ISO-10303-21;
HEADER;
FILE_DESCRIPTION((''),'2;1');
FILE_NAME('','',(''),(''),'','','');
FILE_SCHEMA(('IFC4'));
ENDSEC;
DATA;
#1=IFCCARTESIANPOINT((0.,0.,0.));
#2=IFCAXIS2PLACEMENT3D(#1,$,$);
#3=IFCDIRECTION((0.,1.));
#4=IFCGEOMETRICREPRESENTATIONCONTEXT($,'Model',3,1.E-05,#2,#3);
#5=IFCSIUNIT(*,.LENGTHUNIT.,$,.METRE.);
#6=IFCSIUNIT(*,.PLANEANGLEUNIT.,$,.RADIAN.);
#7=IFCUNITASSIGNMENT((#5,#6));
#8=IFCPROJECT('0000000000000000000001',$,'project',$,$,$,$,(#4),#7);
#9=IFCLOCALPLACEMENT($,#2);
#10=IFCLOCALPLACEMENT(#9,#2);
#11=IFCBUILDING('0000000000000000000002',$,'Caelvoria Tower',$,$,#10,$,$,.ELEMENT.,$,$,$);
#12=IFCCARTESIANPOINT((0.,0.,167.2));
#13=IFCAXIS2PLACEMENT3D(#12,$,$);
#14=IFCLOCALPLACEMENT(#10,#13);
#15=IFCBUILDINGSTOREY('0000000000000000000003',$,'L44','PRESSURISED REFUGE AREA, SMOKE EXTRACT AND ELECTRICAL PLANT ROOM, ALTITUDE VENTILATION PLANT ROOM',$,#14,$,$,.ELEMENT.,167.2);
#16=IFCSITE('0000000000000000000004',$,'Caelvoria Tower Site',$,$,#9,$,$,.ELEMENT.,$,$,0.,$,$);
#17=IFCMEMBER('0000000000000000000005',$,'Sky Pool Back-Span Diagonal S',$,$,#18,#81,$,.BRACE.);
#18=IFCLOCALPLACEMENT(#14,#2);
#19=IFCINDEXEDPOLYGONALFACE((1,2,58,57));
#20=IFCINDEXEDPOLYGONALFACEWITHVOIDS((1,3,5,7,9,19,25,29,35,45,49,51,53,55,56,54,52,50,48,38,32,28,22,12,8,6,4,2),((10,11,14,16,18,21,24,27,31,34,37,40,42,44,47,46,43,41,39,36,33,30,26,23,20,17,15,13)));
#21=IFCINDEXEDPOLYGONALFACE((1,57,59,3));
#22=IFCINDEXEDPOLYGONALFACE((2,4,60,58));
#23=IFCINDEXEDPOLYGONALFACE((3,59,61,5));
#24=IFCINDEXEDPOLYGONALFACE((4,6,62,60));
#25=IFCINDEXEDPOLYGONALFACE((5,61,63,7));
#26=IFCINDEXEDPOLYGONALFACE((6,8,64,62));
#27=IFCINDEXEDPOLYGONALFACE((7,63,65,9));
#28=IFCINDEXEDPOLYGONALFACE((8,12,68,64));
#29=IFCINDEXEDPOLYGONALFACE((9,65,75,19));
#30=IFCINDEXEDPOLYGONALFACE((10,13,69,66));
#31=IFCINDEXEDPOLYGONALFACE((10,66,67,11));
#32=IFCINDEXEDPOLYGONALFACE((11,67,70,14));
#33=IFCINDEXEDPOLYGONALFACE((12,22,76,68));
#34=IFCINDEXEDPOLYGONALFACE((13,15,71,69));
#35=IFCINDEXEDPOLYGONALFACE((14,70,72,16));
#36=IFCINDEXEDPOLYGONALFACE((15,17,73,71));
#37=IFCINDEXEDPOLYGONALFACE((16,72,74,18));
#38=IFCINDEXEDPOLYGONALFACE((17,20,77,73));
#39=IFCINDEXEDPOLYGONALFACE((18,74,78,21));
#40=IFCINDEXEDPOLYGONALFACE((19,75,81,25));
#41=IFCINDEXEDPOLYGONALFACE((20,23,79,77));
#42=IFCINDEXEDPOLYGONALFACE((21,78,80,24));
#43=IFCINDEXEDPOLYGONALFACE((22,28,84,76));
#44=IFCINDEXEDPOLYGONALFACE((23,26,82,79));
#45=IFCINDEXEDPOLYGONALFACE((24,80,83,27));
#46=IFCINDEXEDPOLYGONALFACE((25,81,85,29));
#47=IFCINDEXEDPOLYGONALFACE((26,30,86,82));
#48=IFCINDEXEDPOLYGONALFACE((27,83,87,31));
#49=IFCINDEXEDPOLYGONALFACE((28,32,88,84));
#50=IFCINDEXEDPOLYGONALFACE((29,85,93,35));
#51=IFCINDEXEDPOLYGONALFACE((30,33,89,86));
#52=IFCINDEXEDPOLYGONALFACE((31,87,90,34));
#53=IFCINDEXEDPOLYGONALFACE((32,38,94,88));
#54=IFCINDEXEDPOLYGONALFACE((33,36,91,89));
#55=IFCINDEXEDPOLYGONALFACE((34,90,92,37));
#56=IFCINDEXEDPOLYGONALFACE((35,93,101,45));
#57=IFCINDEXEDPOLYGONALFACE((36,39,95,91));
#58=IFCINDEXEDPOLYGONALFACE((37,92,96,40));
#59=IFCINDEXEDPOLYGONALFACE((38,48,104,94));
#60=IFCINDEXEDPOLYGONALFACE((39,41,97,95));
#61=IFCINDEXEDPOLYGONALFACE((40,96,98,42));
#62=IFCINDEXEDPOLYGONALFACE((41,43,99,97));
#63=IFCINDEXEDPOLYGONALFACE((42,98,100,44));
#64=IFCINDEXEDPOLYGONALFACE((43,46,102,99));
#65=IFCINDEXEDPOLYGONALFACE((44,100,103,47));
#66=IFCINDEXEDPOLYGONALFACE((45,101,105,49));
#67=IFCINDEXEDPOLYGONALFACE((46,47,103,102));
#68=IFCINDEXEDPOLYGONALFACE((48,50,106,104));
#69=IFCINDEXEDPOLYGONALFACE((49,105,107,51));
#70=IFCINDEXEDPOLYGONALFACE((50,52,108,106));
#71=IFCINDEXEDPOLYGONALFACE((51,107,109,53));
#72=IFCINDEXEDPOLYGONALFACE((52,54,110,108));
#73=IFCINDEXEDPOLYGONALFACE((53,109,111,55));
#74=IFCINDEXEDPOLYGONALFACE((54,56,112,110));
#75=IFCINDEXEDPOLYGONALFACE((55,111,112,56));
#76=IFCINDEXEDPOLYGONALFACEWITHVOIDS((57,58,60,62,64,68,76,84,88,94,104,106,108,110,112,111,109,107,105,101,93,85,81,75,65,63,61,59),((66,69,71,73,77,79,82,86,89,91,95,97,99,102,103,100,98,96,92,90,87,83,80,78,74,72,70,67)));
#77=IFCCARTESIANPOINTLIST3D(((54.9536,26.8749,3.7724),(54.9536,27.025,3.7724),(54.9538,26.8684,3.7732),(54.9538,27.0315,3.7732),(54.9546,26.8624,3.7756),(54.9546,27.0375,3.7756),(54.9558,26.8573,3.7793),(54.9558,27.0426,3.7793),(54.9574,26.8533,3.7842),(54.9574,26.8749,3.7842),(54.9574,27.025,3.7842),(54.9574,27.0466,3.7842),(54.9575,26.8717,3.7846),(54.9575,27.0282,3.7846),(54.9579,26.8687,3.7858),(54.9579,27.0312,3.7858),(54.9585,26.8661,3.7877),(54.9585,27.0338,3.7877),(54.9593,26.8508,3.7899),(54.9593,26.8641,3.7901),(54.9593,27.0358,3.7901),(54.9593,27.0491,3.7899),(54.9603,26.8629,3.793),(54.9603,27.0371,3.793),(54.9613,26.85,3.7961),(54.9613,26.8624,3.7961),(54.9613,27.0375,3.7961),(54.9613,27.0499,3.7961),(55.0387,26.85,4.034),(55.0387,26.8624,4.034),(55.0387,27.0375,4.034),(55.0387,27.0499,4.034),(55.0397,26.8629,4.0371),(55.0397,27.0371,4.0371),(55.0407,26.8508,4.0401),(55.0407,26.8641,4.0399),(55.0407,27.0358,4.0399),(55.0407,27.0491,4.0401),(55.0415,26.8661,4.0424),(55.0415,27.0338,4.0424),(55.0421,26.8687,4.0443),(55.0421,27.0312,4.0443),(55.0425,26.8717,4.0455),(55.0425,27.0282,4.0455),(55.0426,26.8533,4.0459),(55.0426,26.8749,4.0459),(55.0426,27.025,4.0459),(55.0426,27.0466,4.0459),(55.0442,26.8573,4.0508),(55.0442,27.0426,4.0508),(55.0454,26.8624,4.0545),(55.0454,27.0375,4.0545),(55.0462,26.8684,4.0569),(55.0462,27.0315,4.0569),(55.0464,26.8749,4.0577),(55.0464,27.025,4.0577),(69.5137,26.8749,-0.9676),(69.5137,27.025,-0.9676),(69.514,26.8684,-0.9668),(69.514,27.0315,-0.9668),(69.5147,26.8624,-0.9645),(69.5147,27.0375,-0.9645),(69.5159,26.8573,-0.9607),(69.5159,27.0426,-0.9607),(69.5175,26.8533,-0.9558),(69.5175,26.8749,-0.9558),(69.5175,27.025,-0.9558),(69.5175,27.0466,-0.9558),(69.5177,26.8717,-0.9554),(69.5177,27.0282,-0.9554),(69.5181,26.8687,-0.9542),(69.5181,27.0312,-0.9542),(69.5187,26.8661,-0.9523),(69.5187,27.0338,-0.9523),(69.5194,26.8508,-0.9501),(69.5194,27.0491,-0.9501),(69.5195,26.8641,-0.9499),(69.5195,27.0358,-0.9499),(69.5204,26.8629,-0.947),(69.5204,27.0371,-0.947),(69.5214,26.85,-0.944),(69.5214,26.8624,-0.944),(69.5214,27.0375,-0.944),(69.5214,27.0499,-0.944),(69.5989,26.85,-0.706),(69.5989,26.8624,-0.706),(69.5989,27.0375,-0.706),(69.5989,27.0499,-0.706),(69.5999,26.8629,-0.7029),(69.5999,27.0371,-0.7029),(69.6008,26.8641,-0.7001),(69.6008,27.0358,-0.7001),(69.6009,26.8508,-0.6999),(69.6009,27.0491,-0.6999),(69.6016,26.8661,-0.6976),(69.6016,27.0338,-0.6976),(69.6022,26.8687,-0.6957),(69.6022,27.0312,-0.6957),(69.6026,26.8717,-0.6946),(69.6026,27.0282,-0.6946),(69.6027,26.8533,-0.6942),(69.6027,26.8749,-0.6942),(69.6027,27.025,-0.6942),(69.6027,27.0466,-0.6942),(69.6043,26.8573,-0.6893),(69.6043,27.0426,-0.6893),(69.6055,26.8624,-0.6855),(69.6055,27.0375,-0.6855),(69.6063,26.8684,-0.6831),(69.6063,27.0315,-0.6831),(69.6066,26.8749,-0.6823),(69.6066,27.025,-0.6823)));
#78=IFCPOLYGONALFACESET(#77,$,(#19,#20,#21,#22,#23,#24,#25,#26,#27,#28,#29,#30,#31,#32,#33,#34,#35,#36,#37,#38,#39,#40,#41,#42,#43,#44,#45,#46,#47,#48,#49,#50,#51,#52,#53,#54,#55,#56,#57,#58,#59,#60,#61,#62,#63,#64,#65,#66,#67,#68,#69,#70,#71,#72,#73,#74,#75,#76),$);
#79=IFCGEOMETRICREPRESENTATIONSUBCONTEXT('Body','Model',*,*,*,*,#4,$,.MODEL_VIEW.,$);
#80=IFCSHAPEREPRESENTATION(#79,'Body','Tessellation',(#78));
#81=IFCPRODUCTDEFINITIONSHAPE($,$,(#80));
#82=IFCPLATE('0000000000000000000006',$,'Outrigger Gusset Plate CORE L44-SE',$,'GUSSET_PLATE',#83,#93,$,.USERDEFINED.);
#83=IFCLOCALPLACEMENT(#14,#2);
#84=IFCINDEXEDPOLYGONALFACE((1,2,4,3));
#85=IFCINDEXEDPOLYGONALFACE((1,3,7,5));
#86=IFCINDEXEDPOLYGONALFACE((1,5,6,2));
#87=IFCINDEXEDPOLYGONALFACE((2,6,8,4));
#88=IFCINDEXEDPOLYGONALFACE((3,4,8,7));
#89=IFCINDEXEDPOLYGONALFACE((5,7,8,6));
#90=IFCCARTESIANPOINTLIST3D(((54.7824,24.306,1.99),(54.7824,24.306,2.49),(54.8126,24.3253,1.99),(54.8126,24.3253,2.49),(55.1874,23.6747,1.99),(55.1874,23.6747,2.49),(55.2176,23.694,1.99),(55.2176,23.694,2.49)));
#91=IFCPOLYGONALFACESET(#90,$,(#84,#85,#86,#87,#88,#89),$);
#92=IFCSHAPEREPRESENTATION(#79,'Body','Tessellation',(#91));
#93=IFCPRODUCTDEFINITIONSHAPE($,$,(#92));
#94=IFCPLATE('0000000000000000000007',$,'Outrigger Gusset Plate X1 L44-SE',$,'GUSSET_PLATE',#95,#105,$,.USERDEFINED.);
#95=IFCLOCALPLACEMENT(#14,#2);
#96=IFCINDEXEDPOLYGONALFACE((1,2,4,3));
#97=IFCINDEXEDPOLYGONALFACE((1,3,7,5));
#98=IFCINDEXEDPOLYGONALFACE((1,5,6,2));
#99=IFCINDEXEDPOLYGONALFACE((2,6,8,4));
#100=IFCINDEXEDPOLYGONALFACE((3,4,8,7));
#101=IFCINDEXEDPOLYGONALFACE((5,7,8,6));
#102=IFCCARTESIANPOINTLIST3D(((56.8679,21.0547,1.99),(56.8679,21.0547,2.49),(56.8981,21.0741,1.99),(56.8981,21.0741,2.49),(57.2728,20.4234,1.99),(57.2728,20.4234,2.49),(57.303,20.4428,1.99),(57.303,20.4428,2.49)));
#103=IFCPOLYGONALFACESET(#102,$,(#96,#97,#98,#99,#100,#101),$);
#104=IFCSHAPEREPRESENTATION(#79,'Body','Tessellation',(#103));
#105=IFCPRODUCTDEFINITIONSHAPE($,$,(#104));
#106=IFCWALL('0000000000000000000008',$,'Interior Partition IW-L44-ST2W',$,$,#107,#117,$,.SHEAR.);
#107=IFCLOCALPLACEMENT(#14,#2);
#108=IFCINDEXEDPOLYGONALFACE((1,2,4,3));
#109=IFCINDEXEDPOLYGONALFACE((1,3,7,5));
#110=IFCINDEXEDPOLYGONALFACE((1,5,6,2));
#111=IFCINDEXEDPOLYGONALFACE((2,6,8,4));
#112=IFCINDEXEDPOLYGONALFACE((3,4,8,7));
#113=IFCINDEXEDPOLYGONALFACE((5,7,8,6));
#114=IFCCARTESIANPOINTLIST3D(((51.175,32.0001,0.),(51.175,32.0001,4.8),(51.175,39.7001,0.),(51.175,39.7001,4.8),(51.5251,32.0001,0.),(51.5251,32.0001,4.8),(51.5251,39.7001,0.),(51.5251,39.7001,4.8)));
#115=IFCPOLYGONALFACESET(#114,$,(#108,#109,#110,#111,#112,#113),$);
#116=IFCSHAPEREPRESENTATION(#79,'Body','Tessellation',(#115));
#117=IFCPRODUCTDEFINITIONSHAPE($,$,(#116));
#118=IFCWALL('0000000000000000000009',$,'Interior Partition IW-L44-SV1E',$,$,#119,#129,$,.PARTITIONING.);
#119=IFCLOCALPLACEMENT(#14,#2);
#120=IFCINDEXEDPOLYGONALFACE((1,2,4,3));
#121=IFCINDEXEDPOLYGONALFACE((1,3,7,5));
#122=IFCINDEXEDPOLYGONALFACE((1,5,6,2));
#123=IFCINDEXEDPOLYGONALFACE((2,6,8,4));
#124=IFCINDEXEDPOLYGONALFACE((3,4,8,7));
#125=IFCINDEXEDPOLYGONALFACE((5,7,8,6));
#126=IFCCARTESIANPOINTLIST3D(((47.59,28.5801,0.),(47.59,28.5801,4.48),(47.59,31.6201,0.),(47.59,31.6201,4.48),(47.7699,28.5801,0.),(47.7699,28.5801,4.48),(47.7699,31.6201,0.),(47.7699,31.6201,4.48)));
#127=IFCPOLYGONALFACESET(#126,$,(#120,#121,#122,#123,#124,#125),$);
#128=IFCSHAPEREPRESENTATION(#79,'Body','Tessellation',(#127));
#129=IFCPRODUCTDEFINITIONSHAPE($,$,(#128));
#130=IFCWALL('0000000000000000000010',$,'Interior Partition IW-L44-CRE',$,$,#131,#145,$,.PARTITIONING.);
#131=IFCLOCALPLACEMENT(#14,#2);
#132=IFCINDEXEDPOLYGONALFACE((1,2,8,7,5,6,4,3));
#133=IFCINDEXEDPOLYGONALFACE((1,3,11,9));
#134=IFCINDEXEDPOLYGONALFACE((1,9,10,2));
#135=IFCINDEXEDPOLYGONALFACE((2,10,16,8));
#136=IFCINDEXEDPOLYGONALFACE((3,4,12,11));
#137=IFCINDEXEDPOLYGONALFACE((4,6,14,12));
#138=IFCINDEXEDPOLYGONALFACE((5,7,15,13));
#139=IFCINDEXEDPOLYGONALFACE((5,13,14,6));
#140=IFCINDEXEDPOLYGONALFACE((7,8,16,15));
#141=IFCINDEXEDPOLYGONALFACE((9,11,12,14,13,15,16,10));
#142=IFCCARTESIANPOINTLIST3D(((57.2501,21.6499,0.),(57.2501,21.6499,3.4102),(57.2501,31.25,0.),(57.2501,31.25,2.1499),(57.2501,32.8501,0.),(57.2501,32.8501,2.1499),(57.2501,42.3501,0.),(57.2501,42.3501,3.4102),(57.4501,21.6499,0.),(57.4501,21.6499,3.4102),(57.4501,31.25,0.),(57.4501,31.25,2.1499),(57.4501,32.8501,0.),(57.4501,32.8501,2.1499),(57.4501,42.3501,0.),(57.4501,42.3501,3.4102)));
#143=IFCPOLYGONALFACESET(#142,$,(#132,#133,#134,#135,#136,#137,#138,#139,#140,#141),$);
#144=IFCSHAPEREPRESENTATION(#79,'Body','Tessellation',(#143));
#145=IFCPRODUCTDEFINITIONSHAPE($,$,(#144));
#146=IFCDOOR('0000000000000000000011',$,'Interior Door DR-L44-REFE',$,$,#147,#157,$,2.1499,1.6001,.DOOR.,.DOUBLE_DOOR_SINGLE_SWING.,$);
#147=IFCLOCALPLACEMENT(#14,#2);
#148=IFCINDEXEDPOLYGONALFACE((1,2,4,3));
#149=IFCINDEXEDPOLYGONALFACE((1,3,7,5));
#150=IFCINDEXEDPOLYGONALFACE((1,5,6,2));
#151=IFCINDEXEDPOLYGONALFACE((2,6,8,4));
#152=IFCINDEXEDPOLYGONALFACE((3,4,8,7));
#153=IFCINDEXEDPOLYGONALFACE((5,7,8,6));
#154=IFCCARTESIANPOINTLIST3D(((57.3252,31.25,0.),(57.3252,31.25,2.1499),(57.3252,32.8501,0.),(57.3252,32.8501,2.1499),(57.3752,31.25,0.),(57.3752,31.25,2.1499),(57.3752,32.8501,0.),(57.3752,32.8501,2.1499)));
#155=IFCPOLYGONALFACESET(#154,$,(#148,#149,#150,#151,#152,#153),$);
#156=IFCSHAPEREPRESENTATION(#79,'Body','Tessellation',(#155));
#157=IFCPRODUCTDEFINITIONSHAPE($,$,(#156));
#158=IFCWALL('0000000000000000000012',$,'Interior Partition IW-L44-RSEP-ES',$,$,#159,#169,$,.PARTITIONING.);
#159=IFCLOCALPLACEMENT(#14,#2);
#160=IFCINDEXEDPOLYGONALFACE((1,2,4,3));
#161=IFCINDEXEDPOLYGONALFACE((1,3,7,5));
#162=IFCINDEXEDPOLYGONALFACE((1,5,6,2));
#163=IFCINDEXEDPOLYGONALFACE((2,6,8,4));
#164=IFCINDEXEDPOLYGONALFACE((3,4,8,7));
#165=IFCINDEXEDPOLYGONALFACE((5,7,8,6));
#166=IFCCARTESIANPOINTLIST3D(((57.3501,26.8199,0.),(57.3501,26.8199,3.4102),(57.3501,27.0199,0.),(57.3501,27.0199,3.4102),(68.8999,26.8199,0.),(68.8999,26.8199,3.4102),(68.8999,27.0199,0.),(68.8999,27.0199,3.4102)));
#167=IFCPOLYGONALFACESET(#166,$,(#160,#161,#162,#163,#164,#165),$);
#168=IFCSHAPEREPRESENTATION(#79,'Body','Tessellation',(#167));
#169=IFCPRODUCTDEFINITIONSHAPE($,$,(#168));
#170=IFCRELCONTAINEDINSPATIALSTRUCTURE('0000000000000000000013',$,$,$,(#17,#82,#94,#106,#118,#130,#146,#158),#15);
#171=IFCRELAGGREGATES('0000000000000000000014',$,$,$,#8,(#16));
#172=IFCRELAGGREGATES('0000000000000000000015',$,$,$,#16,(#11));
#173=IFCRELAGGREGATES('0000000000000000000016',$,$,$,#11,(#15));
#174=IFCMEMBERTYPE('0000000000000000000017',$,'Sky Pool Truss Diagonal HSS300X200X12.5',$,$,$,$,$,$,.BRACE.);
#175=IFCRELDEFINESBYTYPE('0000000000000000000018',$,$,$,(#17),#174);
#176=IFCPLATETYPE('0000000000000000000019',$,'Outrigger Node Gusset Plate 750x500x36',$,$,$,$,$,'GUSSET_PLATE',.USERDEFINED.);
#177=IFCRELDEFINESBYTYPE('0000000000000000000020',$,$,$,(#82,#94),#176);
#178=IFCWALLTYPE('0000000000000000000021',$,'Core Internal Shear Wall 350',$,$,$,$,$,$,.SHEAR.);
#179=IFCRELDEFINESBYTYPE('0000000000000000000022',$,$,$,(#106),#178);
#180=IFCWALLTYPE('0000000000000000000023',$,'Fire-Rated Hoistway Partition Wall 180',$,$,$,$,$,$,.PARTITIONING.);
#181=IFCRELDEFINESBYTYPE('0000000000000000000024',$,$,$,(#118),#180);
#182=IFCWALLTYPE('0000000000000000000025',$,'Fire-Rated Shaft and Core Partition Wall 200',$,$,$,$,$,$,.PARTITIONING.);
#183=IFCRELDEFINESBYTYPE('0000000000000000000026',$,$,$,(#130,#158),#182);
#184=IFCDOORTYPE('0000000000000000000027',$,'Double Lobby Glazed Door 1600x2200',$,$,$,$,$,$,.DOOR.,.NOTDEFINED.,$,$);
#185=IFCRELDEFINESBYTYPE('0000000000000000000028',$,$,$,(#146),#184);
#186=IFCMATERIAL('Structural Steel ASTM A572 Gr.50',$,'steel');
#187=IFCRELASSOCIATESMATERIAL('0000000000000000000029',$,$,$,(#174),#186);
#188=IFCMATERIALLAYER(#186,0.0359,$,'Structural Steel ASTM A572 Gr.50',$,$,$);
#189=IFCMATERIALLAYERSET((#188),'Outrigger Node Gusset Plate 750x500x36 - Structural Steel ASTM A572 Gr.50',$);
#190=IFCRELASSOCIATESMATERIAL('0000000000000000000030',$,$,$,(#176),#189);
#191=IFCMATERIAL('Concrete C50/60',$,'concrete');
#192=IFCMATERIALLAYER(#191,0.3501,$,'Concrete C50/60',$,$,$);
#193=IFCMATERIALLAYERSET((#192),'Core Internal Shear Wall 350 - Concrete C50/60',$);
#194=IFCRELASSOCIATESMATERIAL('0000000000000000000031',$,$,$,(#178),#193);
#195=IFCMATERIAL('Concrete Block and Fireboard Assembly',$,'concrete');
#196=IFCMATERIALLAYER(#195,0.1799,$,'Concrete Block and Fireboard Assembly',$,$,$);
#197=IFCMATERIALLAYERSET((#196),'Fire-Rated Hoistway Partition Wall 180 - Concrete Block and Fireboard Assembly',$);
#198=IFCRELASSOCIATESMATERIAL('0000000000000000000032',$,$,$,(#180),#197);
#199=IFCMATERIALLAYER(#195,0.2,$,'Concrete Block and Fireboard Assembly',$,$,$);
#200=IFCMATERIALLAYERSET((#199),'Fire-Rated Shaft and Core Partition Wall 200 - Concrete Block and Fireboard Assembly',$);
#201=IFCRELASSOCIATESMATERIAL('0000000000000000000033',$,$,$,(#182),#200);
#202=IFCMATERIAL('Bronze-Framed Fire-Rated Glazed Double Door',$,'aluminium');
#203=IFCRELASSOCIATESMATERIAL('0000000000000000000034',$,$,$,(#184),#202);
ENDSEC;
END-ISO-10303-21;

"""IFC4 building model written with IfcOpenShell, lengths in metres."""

from ifc_helpers import new_model, si_unit, direction, frame, frame_2d, origin, origin_2d, place, context, subcontext, project, spatial, rectangle, hollow_rectangle, extrude, material, layer, layer_set, material_profile, profile_set, type_object, element, fill, save


model = new_model("IFC4")

# Units and contexts
model_context = context("Model", 3, precision=1e-05, world=origin(), true_north=direction((0.0, 1.0)))
body_context = subcontext(model_context, "Body", "Model", "MODEL_VIEW")
ifc_project = project(units=[si_unit("LENGTHUNIT", "METRE"), si_unit("PLANEANGLEUNIT", "RADIAN")], contexts=[model_context])

# Site, building, storey
site_placement = place(None, origin())
site = spatial("IfcSite", under=ifc_project, at=site_placement, Name="Caelvoria Tower Site", CompositionType="ELEMENT", RefElevation=0.0)
building_placement = place(site_placement, origin())
building = spatial("IfcBuilding", under=site, at=building_placement, Name="Caelvoria Tower", CompositionType="ELEMENT")
storey_placement = place(building_placement, frame((0.0, 0.0, 167.2)))
storey = spatial("IfcBuildingStorey", under=building, at=storey_placement, Name="L44", Description="PRESSURISED REFUGE AREA, SMOKE EXTRACT AND ELECTRICAL PLANT ROOM, ALTITUDE VENTILATION PLANT ROOM", CompositionType="ELEMENT", Elevation=167.2)

# Shared definitions
ifc_material_1 = material(Name="Structural Steel ASTM A572 Gr.50", Category="steel")

# Member
ifc_material_profile_1 = material_profile(ifc_material_1, hollow_rectangle(XDim=0.2, YDim=0.3, WallThickness=0.0125, InnerFilletRadius=0.0125, OuterFilletRadius=0.0249, at=origin_2d()), Name="Structural Steel ASTM A572 Gr.50")
ifc_profile_set_1 = profile_set([ifc_material_profile_1], Name="HSS300X200X12.5 - Structural Steel ASTM A572 Gr.50")
member_type_1 = type_object("IfcMemberType", Name="Sky Pool Truss Diagonal HSS300X200X12.5", PredefinedType="BRACE", material=ifc_profile_set_1)
member_1_placement = place(storey_placement, frame((55.0, 26.95, 3.915), z_axis=(0.950881, 0.0, -0.309557), x_axis=(0.0, 1.0, 0.0)))
element("IfcMember", 1, at=member_1_placement, inside=storey, type_object=member_type_1, Name="Sky Pool Back-Span Diagonal S", PredefinedType="BRACE", context=body_context, shape_type="SweptSolid", body=[
    extrude(hollow_rectangle(XDim=0.2, YDim=0.3, WallThickness=0.0125, InnerFilletRadius=0.0125, OuterFilletRadius=0.0249, at=origin_2d()), origin(), (0.0, 0.0, 1.0), 15.3123),
])

# Plates
ifc_layer_1 = layer(ifc_material_1, 0.0359, Name="Structural Steel ASTM A572 Gr.50")
ifc_layer_set_1 = layer_set([ifc_layer_1], Name="Outrigger Node Gusset Plate 750x500x36 - Structural Steel ASTM A572 Gr.50")
plate_type = type_object("IfcPlateType", Name="Outrigger Node Gusset Plate 750x500x36", ElementType="GUSSET_PLATE", PredefinedType="USERDEFINED", material=ifc_layer_set_1)
for number, where, z_axis, x_axis, name in (
    (2, (55.0, 24.0, 1.99), (0.0, 0.0, 1.0), (0.539904, -0.841727, 0.0), "Outrigger Gusset Plate CORE L44-SE"),
    (3, (57.0854, 20.7488, 1.99), (0.0, 0.0, 1.0), (0.539904, -0.841727, 0.0), "Outrigger Gusset Plate X1 L44-SE"),
):
    element("IfcPlate", number, at=place(storey_placement, frame(where, z_axis=z_axis, x_axis=x_axis)), inside=storey, type_object=plate_type, Name=name, ObjectType="GUSSET_PLATE", PredefinedType="USERDEFINED", context=body_context, shape_type="SweptSolid", body=[
        extrude(rectangle(XDim=0.75, YDim=0.0359, at=origin_2d()), origin(), (0.0, 0.0, 1.0), 0.5),
    ])

# Walls
ifc_material_2 = material(Name="Concrete C50/60", Category="concrete")
ifc_layer_2 = layer(ifc_material_2, 0.3501, Name="Concrete C50/60")
ifc_layer_set_2 = layer_set([ifc_layer_2], Name="Core Internal Shear Wall 350 - Concrete C50/60")
wall_type_1 = type_object("IfcWallType", Name="Core Internal Shear Wall 350", PredefinedType="SHEAR", material=ifc_layer_set_2)
wall_1_placement = place(storey_placement, frame((51.3501, 32.0, 0.0), z_axis=(0.0, 0.0, 1.0), x_axis=(0.0, 1.0, 0.0)))
element("IfcWall", 4, at=wall_1_placement, inside=storey, type_object=wall_type_1, Name="Interior Partition IW-L44-ST2W", PredefinedType="SHEAR", context=body_context, shape_type="SweptSolid", body=[
    extrude(rectangle(XDim=7.7, YDim=0.3501, at=frame_2d((3.8501, 0.0))), origin(), (0.0, 0.0, 1.0), 4.8),
])
ifc_material_3 = material(Name="Concrete Block and Fireboard Assembly", Category="concrete")
ifc_layer_3 = layer(ifc_material_3, 0.1799, Name="Concrete Block and Fireboard Assembly")
ifc_layer_set_3 = layer_set([ifc_layer_3], Name="Fire-Rated Hoistway Partition Wall 180 - Concrete Block and Fireboard Assembly")
wall_type_2 = type_object("IfcWallType", Name="Fire-Rated Hoistway Partition Wall 180", PredefinedType="PARTITIONING", material=ifc_layer_set_3)
wall_2_placement = place(storey_placement, frame((47.6799, 28.5801, 0.0), z_axis=(0.0, 0.0, 1.0), x_axis=(0.0, 1.0, 0.0)))
element("IfcWall", 5, at=wall_2_placement, inside=storey, type_object=wall_type_2, Name="Interior Partition IW-L44-SV1E", PredefinedType="PARTITIONING", context=body_context, shape_type="SweptSolid", body=[
    extrude(rectangle(XDim=3.04, YDim=0.1799, at=frame_2d((1.52, 0.0))), origin(), (0.0, 0.0, 1.0), 4.48),
])

# Wall, opening, door
ifc_layer_4 = layer(ifc_material_3, 0.2, Name="Concrete Block and Fireboard Assembly")
ifc_layer_set_4 = layer_set([ifc_layer_4], Name="Fire-Rated Shaft and Core Partition Wall 200 - Concrete Block and Fireboard Assembly")
wall_type_3 = type_object("IfcWallType", Name="Fire-Rated Shaft and Core Partition Wall 200", PredefinedType="PARTITIONING", material=ifc_layer_set_4)
wall_3_placement = place(storey_placement, frame((57.3501, 21.6499, 0.0), z_axis=(0.0, 0.0, 1.0), x_axis=(0.0, 1.0, 0.0)))
wall_3 = element("IfcWall", 6, at=wall_3_placement, inside=storey, type_object=wall_type_3, Name="Interior Partition IW-L44-CRE", PredefinedType="PARTITIONING", context=body_context, shape_type="SweptSolid", body=[
    extrude(rectangle(XDim=20.7002, YDim=0.2, at=frame_2d((10.3501, 0.0))), origin(), (0.0, 0.0, 1.0), 3.4102),
])
opening_1_placement = place(wall_3_placement, frame((9.6001, 0.0, 0.0)))
opening_1 = element("IfcOpeningElement", 7, at=opening_1_placement, cuts=wall_3, PredefinedType="OPENING", context=body_context, shape_type="SweptSolid", body=[
    extrude(rectangle(XDim=1.6001, YDim=2.1499, at=frame_2d((0.8, 1.075))), frame((0.0, 0.1099, 0.0), z_axis=(0.0, -1.0, 0.0), x_axis=(1.0, 0.0, 0.0)), (0.0, 0.0, 1.0), 0.22),
])
ifc_material_4 = material(Name="Bronze-Framed Fire-Rated Glazed Double Door", Category="aluminium")
door_type_1 = type_object("IfcDoorType", Name="Double Lobby Glazed Door 1600x2200", OperationType="NOTDEFINED", PredefinedType="DOOR", material=ifc_material_4)
door_1_placement = place(opening_1_placement, origin())
door_1 = element("IfcDoor", 8, at=door_1_placement, inside=storey, type_object=door_type_1, Name="Interior Door DR-L44-REFE", OperationType="DOUBLE_DOOR_SINGLE_SWING", OverallHeight=2.1499, OverallWidth=1.6001, PredefinedType="DOOR", context=body_context, shape_type="SweptSolid", body=[
    extrude(rectangle(XDim=1.6001, YDim=2.1499, at=frame_2d((0.8, 1.075))), frame((0.0, 0.0249, 0.0), z_axis=(0.0, -1.0, 0.0), x_axis=(1.0, 0.0, 0.0)), (0.0, 0.0, 1.0), 0.05),
])
fill(opening_1, door_1)

# Wall
wall_4_placement = place(storey_placement, frame((57.3501, 26.9199, 0.0), z_axis=(0.0, 0.0, 1.0), x_axis=(1.0, 0.0, 0.0)))
element("IfcWall", 9, at=wall_4_placement, inside=storey, type_object=wall_type_3, Name="Interior Partition IW-L44-RSEP-ES", PredefinedType="PARTITIONING", context=body_context, shape_type="SweptSolid", body=[
    extrude(rectangle(XDim=11.5498, YDim=0.2, at=frame_2d((5.7749, 0.0))), origin(), (0.0, 0.0, 1.0), 3.4102),
])

save(model, "model.ifc")
